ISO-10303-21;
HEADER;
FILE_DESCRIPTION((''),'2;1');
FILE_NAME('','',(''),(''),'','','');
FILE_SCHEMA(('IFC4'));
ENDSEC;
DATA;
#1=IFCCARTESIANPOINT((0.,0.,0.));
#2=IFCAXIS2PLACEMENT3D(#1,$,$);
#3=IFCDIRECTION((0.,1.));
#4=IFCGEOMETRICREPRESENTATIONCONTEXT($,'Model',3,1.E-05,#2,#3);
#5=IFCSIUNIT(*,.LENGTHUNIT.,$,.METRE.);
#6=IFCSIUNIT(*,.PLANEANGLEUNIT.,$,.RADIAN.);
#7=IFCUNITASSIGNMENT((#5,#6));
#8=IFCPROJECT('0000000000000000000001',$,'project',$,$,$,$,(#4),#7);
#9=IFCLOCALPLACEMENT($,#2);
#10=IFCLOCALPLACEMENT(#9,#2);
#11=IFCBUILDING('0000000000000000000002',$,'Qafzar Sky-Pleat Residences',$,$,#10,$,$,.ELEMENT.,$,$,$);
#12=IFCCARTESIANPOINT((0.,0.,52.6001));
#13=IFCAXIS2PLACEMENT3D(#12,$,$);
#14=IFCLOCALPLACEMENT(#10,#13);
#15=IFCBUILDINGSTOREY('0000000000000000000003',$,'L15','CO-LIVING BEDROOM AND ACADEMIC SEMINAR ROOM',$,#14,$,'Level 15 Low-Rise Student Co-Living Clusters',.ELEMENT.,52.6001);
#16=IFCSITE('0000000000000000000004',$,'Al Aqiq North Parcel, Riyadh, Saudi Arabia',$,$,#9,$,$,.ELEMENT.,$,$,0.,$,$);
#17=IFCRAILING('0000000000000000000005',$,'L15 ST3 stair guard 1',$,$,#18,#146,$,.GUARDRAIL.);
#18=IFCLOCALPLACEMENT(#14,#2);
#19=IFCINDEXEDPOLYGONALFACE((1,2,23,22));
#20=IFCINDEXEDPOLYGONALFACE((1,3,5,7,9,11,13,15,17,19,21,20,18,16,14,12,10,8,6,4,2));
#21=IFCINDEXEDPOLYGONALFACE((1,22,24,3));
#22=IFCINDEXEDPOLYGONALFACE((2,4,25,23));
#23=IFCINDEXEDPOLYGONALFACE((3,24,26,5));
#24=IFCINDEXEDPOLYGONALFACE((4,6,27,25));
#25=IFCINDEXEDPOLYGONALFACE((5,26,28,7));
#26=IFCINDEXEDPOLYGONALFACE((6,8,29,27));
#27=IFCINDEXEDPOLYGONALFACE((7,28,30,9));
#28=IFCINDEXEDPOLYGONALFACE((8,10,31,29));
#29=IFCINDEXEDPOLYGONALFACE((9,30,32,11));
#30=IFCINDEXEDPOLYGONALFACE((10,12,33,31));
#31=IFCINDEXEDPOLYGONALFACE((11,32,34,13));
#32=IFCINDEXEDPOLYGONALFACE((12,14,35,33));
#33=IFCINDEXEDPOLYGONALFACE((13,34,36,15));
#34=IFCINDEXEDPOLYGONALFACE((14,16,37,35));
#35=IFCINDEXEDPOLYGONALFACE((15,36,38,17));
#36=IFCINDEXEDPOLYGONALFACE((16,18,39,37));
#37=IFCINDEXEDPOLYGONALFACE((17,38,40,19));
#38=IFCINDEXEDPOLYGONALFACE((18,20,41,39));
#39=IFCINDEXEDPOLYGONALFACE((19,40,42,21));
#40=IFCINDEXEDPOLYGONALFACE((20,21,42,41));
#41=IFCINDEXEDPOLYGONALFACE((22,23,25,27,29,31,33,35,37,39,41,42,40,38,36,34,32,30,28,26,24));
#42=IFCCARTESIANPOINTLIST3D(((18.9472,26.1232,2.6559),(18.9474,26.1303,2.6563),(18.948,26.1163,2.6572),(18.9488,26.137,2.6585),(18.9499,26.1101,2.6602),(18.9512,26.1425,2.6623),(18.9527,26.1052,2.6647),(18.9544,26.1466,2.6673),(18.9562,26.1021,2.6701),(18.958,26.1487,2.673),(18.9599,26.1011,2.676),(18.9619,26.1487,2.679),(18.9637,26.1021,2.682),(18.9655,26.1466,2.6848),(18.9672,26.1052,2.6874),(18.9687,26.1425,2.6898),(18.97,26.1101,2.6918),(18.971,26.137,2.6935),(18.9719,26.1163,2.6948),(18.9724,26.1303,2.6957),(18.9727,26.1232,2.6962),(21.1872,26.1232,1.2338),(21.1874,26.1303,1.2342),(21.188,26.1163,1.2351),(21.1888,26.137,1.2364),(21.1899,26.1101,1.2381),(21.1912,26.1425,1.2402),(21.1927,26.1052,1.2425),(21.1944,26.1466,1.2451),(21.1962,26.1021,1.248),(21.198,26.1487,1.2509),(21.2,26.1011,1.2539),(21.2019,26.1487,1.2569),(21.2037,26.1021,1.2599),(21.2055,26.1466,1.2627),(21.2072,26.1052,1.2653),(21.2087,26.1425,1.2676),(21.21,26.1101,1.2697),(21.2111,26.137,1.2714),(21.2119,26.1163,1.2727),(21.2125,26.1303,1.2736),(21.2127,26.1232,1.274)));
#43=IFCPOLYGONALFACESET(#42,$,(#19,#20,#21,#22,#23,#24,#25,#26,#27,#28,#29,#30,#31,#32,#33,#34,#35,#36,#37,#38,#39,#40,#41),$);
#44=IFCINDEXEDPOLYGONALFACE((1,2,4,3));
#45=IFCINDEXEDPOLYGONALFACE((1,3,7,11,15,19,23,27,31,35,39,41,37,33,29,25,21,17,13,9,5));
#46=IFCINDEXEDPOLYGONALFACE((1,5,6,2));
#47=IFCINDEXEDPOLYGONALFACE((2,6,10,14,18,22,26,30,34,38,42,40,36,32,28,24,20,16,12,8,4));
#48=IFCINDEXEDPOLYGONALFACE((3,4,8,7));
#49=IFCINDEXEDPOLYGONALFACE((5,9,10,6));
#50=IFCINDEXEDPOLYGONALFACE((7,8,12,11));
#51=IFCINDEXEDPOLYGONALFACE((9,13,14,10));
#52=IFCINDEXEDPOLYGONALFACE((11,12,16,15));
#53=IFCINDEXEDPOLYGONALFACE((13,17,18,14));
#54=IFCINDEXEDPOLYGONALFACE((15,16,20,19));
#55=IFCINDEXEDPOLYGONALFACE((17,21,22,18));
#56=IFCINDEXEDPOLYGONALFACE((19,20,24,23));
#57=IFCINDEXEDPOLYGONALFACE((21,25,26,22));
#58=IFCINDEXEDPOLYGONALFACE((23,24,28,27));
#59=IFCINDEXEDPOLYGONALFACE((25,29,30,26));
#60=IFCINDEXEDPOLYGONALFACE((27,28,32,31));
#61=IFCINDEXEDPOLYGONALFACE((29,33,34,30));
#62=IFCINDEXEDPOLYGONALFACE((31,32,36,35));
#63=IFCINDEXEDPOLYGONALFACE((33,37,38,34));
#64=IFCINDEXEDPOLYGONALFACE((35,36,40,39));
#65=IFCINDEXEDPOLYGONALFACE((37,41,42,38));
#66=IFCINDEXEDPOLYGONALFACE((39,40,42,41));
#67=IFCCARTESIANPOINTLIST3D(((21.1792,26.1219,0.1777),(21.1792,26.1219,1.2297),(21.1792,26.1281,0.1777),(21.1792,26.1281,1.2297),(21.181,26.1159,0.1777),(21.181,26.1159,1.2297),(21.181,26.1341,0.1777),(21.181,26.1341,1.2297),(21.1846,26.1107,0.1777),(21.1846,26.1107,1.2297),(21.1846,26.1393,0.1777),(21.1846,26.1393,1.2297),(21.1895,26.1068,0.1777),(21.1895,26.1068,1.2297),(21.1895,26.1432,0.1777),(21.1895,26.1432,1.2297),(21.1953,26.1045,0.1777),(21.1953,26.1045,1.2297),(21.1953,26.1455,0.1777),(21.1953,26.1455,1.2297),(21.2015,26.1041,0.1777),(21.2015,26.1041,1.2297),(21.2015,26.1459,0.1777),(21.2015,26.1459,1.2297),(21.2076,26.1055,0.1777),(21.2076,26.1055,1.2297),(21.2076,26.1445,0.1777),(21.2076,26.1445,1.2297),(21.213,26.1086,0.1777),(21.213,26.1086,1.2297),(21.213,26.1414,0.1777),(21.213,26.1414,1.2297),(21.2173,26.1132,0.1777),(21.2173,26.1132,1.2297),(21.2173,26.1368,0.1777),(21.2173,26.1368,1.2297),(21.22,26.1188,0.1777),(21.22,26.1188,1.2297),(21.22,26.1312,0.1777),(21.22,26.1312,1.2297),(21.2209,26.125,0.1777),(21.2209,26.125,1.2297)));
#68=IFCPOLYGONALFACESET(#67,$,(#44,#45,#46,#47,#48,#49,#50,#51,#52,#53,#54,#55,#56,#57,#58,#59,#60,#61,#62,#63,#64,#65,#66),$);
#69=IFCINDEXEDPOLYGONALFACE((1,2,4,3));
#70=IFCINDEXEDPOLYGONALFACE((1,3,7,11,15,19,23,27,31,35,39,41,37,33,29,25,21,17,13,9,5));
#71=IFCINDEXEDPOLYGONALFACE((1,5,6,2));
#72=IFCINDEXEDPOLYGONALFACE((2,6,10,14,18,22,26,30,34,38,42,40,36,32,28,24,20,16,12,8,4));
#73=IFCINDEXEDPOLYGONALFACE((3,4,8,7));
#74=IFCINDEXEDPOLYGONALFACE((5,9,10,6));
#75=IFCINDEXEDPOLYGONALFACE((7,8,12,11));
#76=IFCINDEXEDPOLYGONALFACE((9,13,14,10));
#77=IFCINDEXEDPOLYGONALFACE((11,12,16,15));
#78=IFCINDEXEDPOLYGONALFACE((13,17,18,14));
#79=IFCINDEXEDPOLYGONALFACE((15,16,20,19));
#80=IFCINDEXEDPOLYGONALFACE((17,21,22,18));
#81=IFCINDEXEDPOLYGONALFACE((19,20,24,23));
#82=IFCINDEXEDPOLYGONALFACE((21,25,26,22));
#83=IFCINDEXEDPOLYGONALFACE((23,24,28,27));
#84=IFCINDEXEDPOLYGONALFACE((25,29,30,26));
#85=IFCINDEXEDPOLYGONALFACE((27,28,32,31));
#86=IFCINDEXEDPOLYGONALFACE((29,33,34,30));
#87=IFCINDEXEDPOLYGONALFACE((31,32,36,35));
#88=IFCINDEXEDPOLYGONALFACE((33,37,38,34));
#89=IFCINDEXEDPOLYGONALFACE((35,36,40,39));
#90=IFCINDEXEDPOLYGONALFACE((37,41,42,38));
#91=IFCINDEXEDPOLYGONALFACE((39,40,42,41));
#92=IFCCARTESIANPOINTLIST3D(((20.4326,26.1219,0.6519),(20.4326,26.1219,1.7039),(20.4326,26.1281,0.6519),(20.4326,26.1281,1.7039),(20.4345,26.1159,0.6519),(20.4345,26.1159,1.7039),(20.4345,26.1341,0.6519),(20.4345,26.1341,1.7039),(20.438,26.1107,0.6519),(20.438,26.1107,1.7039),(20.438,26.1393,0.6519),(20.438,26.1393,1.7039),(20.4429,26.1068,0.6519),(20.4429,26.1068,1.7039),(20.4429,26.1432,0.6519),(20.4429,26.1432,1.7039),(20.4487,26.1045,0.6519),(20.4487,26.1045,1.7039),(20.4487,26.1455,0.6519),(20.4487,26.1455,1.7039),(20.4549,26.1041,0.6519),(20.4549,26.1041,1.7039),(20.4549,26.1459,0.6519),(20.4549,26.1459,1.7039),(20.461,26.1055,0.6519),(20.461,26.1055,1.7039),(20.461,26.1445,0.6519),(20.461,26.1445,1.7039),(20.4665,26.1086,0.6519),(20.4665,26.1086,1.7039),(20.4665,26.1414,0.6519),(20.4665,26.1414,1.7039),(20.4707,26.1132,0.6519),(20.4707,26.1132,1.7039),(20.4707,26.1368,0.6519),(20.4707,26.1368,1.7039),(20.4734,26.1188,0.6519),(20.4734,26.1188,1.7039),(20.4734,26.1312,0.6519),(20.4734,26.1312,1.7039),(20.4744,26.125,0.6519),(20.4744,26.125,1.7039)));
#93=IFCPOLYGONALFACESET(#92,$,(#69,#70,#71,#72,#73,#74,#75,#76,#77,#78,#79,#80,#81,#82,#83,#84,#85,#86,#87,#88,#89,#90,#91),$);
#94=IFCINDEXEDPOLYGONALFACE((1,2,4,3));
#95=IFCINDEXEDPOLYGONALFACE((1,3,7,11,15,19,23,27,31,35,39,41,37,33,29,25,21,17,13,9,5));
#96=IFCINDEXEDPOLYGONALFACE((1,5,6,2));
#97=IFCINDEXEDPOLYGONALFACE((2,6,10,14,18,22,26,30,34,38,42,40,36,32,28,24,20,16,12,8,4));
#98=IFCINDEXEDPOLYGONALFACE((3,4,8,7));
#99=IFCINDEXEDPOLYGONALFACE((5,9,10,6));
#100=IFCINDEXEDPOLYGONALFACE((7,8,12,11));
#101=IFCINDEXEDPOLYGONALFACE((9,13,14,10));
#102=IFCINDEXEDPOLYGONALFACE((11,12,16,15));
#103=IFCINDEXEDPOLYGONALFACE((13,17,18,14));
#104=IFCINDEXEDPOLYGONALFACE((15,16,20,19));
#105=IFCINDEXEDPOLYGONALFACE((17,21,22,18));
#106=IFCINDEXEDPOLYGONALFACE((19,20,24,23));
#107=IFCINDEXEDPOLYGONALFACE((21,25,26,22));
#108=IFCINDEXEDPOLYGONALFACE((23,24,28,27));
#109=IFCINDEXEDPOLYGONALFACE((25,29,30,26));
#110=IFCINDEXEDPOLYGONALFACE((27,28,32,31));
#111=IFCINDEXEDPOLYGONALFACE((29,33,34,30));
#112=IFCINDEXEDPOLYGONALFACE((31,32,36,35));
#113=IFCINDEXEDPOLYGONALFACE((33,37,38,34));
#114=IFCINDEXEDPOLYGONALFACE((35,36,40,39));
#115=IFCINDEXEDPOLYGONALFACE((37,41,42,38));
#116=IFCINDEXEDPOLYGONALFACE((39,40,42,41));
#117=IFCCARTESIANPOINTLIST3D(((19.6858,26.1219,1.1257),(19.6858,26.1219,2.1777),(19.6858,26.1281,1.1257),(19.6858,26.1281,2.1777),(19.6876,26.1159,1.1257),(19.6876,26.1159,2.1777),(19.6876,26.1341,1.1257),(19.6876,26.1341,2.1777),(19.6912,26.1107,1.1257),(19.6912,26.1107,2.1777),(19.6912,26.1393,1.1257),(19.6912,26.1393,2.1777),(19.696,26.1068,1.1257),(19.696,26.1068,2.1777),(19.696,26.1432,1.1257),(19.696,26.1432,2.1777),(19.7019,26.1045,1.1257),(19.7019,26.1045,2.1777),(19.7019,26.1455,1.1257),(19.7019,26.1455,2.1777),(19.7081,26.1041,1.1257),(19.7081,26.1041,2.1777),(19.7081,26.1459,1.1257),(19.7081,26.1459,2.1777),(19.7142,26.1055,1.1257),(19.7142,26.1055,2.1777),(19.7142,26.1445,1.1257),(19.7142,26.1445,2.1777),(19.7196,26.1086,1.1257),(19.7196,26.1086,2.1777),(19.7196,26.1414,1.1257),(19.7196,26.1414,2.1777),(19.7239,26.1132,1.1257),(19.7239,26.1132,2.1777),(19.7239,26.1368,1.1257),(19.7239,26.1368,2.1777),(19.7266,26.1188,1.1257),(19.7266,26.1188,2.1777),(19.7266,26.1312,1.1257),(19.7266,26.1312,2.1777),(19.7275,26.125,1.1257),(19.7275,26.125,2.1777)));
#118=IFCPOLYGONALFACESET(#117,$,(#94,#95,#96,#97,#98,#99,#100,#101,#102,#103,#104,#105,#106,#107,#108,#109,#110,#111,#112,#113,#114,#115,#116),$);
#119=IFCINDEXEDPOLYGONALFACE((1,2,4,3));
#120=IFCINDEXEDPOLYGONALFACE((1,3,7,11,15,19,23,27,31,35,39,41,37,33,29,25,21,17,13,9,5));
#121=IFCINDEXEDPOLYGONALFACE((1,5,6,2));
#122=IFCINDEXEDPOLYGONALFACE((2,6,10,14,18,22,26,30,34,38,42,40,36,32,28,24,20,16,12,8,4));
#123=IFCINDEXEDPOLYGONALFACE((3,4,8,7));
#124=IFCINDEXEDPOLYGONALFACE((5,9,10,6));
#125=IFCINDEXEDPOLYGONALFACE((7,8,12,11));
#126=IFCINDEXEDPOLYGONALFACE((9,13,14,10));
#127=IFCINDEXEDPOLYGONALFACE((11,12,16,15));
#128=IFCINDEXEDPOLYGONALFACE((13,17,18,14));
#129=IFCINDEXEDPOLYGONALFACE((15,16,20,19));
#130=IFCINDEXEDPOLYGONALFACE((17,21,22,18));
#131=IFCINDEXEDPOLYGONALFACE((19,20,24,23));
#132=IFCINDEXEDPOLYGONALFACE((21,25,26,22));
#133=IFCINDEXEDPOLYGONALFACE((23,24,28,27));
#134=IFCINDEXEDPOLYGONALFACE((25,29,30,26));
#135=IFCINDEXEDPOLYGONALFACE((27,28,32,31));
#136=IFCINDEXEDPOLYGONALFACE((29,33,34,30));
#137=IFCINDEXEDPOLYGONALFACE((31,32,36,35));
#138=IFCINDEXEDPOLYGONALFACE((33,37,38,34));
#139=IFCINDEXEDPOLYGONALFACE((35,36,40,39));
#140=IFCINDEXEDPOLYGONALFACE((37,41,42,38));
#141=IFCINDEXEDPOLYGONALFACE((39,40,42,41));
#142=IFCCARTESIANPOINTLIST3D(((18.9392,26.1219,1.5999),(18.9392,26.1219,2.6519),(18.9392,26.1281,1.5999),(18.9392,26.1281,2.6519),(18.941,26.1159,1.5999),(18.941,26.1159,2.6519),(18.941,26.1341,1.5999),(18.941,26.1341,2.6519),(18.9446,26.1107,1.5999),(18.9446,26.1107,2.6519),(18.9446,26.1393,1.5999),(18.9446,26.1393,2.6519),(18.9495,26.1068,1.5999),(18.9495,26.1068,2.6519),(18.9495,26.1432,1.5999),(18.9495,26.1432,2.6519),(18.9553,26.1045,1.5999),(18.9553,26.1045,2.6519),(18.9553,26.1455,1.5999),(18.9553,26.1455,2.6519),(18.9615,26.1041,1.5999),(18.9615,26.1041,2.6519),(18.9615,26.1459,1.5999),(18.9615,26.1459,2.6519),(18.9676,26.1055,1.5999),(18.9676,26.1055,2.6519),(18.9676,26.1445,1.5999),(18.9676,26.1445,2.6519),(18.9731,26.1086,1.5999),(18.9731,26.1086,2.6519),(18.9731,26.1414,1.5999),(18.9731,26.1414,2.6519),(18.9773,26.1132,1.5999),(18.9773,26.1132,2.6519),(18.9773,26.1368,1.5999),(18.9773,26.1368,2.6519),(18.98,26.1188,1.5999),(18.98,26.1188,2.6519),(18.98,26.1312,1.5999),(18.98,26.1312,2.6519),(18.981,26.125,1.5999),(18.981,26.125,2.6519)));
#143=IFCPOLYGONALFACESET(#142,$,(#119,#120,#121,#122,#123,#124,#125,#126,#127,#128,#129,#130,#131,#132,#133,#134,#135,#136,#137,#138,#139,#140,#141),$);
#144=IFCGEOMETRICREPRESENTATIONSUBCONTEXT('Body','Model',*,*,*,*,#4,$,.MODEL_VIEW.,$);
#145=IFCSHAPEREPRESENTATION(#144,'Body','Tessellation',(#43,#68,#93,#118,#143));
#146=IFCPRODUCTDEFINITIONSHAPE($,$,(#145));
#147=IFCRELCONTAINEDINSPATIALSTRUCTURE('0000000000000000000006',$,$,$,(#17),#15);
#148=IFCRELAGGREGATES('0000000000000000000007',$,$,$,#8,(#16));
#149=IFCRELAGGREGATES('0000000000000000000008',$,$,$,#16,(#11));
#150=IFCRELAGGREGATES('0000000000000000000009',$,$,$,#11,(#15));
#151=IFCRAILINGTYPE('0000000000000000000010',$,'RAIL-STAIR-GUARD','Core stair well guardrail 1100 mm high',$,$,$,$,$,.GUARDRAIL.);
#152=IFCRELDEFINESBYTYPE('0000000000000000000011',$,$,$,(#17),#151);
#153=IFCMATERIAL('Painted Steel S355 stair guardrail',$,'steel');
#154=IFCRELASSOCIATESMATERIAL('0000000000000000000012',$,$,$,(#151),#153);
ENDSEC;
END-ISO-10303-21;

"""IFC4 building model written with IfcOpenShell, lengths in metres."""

from ifc_helpers import new_model, si_unit, direction, frame, origin, origin_2d, place, context, subcontext, project, spatial, circle, extrude, source, transform, mapped, material, type_object, element, save


model = new_model("IFC4")

# Units and contexts
model_context = context("Model", 3, precision=1e-05, world=origin(), true_north=direction((0.0, 1.0)))
body_context = subcontext(model_context, "Body", "Model", "MODEL_VIEW")
ifc_project = project(units=[si_unit("LENGTHUNIT", "METRE"), si_unit("PLANEANGLEUNIT", "RADIAN")], contexts=[model_context])

# Site, building, storey
site_placement = place(None, origin())
site = spatial("IfcSite", under=ifc_project, at=site_placement, Name="Al Aqiq North Parcel, Riyadh, Saudi Arabia", CompositionType="ELEMENT", RefElevation=0.0)
building_placement = place(site_placement, origin())
building = spatial("IfcBuilding", under=site, at=building_placement, Name="Qafzar Sky-Pleat Residences", CompositionType="ELEMENT")
storey_placement = place(building_placement, frame((0.0, 0.0, 52.6001)))
storey = spatial("IfcBuildingStorey", under=building, at=storey_placement, Name="L15", Description="CO-LIVING BEDROOM AND ACADEMIC SEMINAR ROOM", LongName="Level 15 Low-Rise Student Co-Living Clusters", CompositionType="ELEMENT", Elevation=52.6001)

# Railing
ifc_material_1 = material(Name="Painted Steel S355 stair guardrail", Category="steel")
railing_type_1 = type_object("IfcRailingType", Name="RAIL-STAIR-GUARD", Description="Core stair well guardrail 1100 mm high", PredefinedType="GUARDRAIL", material=ifc_material_1)
shared_shape_1 = source(origin(), body_context, "Body", "SweptSolid", [
    extrude(circle(Radius=0.0239, at=origin_2d()), frame((0.0, 0.0, 1.0762), z_axis=(-0.844229, 0.0, 0.535982), x_axis=(0.0, -1.0, 0.0)), (0.0, 0.0, 1.0), 2.6533),
    extrude(circle(Radius=0.021, at=origin_2d()), origin(), (0.0, 0.0, 1.0), 1.052),
    extrude(circle(Radius=0.021, at=origin_2d()), frame((-0.7466, 0.0, 0.4741)), (0.0, 0.0, 1.0), 1.052),
    extrude(circle(Radius=0.021, at=origin_2d()), frame((-1.4934, 0.0, 0.948)), (0.0, 0.0, 1.0), 1.052),
    extrude(circle(Radius=0.021, at=origin_2d()), frame((-2.24, 0.0, 1.4221)), (0.0, 0.0, 1.0), 1.052),
])
railing_1_placement = place(storey_placement, frame((21.2, 26.125, 0.1777)))
element("IfcRailing", 1, at=railing_1_placement, inside=storey, type_object=railing_type_1, Name="L15 ST3 stair guard 1", PredefinedType="GUARDRAIL", context=body_context, shape_type="MappedRepresentation", body=[
    mapped(shared_shape_1, transform((0.0, 0.0, 0.0), x_axis=(1.0, 0.0, 0.0), y_axis=(0.0, 1.0, 0.0), z_axis=(0.0, 0.0, 1.0), scale=1.0)),
])

save(model, "model.ifc")
